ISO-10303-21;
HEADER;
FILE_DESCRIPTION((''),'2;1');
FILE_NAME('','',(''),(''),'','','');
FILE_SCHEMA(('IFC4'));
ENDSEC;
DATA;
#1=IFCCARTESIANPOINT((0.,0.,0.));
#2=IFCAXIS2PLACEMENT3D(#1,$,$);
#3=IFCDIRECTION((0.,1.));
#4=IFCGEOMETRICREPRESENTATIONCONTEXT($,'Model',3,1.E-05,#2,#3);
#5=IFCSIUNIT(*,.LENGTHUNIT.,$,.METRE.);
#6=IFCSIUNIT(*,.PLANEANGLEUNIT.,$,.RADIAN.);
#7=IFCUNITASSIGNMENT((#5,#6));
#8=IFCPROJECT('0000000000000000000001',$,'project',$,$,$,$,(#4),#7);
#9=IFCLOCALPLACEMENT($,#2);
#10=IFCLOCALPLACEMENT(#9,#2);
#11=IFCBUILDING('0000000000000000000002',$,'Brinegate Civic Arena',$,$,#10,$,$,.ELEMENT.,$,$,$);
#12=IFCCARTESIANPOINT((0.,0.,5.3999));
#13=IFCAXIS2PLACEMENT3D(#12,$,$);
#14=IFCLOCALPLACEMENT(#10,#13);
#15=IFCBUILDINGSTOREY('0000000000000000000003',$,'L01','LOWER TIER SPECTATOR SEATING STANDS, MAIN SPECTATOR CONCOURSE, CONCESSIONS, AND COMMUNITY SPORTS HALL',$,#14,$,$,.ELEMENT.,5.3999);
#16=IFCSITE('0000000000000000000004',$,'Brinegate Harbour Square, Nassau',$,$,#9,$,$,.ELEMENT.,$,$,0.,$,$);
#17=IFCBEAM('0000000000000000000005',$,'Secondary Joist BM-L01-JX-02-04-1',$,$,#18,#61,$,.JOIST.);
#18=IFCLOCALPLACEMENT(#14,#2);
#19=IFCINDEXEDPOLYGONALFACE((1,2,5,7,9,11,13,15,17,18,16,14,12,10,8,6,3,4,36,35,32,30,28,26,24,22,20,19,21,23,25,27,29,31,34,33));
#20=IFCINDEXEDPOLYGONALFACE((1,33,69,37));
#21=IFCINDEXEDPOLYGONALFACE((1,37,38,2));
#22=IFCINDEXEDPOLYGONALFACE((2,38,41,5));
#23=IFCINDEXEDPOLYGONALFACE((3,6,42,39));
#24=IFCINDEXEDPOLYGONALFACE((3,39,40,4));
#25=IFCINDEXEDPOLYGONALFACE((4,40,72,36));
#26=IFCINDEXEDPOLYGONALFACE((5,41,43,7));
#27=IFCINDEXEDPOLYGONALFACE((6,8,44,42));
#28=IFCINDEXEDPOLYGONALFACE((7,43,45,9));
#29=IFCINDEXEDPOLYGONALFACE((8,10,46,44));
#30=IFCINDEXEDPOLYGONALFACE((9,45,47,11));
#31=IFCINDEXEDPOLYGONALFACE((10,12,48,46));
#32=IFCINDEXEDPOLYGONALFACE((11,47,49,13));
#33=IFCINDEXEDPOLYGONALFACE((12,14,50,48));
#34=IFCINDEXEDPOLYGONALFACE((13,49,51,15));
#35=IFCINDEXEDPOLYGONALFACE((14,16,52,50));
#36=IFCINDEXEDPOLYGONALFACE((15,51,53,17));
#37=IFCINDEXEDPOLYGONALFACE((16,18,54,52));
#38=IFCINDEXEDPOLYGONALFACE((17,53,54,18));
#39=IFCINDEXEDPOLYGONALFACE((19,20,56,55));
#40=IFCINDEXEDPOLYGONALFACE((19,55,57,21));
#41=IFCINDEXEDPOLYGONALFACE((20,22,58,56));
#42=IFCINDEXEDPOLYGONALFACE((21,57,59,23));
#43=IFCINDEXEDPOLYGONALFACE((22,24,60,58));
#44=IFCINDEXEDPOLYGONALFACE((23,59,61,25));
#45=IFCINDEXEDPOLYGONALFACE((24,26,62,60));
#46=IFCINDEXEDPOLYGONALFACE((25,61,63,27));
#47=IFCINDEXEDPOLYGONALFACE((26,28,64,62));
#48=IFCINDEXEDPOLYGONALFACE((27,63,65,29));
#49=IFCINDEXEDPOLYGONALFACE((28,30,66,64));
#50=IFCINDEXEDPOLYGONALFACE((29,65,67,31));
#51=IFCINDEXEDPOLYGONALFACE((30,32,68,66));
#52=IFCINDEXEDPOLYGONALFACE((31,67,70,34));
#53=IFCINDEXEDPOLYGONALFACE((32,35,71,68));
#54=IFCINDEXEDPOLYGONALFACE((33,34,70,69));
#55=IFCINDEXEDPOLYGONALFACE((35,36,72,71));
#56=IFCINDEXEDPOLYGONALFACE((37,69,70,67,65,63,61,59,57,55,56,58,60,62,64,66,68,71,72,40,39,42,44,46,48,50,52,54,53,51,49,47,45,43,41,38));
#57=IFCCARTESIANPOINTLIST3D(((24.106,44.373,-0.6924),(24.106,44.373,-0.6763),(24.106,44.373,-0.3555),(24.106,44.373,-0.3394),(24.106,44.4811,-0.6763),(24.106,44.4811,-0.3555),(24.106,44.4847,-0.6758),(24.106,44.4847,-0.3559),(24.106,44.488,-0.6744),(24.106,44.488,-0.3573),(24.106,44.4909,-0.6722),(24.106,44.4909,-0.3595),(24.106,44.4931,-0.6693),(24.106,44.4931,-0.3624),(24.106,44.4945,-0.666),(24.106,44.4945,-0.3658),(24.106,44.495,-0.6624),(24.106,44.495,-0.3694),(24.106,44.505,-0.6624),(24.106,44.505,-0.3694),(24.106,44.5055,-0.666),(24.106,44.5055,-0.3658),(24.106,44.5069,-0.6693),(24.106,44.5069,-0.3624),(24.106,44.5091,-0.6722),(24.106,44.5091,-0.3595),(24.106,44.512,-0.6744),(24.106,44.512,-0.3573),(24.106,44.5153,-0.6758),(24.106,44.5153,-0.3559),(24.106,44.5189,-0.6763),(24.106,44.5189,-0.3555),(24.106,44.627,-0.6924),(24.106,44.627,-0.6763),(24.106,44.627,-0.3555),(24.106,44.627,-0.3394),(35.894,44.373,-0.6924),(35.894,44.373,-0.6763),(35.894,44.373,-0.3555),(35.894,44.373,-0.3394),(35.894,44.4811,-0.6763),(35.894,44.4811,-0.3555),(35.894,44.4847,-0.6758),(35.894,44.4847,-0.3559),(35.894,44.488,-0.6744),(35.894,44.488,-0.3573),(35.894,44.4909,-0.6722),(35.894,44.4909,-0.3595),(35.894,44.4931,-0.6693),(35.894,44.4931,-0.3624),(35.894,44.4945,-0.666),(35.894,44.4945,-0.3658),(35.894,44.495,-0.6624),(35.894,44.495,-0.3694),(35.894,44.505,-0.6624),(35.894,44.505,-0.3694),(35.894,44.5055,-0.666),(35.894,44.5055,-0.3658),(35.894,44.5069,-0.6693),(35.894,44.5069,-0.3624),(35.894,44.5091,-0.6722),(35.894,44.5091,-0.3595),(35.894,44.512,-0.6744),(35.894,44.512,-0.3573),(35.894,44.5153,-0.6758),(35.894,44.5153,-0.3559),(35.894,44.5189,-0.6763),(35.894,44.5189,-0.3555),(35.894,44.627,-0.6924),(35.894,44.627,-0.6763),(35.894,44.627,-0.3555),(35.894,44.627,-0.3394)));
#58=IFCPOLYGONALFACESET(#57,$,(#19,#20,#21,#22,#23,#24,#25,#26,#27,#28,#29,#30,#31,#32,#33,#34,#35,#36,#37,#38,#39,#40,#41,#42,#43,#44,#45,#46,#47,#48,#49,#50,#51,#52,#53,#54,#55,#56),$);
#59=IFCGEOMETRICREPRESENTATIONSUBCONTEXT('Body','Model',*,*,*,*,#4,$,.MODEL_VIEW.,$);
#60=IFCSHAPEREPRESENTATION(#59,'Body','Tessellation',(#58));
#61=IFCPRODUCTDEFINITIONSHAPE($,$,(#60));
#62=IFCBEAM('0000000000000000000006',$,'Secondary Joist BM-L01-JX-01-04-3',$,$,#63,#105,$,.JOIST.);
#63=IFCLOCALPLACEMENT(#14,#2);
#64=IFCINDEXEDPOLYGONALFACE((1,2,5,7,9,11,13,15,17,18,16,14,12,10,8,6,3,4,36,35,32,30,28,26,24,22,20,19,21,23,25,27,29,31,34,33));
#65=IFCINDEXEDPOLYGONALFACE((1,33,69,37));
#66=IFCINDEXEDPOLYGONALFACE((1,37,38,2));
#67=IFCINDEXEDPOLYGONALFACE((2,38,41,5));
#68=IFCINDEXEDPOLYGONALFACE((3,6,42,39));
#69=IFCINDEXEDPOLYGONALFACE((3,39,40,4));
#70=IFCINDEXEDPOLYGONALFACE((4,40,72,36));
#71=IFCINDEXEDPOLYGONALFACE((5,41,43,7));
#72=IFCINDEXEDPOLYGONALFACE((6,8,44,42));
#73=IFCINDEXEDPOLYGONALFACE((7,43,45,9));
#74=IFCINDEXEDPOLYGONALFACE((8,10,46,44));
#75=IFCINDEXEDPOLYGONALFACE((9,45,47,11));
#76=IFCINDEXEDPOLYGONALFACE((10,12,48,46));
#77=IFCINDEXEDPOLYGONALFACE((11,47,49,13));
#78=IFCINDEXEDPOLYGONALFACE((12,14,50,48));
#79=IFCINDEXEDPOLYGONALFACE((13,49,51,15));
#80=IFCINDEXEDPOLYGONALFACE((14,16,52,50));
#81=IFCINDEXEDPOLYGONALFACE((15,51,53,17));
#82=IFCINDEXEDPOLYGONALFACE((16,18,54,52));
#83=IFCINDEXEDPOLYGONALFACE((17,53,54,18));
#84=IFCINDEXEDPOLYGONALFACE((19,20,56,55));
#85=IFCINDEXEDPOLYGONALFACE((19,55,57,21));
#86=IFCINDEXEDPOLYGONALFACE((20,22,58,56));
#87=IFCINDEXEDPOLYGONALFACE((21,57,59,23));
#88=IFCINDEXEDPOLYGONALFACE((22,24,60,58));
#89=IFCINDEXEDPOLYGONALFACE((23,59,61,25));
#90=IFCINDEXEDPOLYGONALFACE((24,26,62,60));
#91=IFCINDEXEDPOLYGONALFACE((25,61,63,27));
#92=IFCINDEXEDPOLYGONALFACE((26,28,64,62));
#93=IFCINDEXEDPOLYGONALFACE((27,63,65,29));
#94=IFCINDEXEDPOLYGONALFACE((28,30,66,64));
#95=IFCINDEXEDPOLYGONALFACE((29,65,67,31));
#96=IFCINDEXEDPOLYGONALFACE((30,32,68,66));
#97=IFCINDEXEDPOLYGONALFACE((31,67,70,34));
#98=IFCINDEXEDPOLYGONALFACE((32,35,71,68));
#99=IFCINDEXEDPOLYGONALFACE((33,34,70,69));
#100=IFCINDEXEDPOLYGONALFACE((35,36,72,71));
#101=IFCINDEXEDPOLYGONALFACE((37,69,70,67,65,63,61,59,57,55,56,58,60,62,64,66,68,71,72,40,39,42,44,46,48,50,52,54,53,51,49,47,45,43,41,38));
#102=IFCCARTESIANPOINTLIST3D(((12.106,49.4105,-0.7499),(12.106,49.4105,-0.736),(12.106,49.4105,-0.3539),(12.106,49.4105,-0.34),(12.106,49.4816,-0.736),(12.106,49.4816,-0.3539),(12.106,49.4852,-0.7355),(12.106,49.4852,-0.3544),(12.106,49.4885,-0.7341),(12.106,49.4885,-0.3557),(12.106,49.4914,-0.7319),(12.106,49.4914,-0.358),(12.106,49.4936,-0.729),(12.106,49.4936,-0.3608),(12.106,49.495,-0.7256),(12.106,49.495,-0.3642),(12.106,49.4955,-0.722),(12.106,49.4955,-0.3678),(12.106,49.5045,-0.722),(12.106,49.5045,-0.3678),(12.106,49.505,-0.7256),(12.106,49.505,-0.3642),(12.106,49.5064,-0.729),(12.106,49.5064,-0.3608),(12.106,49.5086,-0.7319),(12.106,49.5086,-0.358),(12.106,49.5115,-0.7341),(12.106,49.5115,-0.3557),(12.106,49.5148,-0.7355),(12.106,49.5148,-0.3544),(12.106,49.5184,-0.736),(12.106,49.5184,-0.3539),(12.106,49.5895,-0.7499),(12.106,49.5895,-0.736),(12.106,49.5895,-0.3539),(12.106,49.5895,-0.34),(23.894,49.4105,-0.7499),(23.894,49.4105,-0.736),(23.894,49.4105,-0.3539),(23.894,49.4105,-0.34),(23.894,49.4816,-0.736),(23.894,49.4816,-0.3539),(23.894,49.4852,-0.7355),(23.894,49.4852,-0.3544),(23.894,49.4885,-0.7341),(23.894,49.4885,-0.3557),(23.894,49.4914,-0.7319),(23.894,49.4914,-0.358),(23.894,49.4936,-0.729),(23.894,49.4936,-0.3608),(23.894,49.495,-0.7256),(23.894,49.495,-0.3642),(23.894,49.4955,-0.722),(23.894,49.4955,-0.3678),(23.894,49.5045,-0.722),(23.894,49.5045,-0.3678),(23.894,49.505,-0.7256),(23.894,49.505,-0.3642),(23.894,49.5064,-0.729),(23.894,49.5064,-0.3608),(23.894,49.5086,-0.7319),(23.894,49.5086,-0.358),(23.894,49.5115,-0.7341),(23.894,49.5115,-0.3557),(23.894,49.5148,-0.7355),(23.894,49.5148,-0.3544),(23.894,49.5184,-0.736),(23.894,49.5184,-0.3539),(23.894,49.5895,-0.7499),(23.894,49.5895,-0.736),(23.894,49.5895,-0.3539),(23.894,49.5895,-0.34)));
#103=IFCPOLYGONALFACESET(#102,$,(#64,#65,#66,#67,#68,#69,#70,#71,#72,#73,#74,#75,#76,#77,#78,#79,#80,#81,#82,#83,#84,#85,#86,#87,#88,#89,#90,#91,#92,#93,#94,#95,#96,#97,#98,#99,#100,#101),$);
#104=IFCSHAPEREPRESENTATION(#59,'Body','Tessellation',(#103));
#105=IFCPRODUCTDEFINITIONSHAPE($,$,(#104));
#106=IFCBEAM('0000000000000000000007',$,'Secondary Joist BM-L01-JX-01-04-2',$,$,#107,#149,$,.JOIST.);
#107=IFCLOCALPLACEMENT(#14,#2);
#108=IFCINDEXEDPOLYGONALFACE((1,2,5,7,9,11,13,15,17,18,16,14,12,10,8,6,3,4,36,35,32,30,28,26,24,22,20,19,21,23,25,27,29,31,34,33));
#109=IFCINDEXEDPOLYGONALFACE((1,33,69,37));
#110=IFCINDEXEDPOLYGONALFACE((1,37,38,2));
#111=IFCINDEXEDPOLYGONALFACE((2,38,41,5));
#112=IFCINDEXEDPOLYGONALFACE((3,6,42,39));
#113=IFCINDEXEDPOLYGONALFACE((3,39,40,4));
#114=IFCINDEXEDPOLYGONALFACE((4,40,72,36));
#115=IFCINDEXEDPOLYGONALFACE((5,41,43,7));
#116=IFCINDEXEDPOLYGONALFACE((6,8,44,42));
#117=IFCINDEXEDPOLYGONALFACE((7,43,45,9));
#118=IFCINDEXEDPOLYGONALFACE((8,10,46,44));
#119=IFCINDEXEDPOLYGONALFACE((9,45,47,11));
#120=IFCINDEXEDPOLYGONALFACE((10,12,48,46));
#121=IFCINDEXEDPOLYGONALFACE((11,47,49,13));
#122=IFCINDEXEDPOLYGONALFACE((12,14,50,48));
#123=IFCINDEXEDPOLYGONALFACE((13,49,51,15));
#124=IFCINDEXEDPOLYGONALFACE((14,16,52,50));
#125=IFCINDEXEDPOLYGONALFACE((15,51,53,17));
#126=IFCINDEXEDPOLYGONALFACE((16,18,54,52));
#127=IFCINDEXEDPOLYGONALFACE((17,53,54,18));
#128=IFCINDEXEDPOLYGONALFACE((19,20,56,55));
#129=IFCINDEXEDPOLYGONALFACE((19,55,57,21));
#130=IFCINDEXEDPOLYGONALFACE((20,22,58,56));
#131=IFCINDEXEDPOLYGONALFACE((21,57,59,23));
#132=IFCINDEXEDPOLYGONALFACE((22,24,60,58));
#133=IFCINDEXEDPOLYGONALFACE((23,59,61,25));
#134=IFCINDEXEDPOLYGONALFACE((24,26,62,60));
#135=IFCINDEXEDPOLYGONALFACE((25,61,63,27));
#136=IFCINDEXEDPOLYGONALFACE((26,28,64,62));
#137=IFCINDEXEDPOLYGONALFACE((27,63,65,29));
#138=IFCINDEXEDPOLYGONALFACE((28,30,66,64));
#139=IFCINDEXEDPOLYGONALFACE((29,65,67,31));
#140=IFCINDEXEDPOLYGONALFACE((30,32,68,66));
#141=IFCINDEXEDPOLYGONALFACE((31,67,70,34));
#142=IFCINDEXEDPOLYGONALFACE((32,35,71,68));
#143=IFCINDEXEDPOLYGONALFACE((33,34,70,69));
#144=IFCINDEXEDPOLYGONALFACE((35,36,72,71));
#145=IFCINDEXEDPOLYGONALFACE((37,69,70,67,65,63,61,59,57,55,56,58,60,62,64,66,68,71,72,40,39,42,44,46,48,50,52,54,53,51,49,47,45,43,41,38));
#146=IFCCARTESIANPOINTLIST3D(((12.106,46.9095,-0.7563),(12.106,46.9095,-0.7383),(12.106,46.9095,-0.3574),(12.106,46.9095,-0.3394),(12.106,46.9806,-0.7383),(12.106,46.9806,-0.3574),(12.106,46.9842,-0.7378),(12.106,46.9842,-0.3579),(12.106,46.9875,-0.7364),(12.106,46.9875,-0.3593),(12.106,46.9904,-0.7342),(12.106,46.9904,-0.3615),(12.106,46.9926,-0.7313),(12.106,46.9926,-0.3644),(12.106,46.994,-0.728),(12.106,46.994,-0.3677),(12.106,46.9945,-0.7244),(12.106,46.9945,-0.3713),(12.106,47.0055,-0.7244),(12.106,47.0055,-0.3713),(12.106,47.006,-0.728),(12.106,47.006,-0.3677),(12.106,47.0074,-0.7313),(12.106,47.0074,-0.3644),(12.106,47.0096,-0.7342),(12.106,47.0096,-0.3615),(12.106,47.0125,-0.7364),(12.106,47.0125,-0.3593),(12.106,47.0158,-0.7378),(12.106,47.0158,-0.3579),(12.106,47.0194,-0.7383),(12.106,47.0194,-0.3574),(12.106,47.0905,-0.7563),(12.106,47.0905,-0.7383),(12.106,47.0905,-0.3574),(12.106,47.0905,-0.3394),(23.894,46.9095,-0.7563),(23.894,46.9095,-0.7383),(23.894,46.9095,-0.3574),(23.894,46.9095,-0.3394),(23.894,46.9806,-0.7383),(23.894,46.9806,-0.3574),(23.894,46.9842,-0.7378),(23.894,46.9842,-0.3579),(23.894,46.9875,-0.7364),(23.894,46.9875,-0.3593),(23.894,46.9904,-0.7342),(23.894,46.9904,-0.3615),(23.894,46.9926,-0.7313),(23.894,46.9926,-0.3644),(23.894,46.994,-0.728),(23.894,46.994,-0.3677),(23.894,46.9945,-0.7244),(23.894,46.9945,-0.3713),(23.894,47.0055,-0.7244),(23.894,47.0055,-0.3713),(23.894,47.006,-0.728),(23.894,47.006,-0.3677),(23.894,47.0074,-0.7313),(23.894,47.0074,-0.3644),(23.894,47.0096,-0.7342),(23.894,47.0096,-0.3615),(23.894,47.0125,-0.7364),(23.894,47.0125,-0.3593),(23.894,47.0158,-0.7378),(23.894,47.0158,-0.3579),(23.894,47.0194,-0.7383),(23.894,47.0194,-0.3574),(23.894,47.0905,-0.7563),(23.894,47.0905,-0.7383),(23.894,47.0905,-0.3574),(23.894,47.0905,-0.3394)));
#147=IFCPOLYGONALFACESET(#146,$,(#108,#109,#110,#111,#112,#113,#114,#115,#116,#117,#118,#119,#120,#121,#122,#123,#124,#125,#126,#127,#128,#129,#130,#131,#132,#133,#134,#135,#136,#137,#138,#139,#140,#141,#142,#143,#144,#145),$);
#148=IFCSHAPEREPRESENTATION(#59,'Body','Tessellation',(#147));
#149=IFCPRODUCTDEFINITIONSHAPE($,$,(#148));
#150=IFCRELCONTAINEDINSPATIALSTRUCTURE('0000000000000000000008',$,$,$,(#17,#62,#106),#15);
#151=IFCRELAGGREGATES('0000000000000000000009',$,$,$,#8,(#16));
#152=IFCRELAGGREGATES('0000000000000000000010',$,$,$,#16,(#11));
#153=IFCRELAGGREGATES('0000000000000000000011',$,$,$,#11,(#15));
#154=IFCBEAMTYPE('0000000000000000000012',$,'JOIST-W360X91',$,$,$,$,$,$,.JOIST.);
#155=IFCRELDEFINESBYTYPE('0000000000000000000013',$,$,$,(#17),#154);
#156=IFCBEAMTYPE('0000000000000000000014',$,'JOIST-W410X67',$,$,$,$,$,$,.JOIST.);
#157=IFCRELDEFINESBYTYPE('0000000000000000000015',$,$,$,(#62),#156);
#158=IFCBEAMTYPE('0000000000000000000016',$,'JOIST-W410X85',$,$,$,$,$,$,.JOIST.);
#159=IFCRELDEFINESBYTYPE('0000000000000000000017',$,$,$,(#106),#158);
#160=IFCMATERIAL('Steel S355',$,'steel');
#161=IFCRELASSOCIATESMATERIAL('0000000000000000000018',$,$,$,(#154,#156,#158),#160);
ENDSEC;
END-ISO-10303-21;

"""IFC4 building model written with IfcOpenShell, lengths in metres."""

from ifc_helpers import new_model, si_unit, direction, frame, origin, origin_2d, place, context, subcontext, project, spatial, i_section, extrude, material, material_profile, profile_set, type_object, element, save


model = new_model("IFC4")

# Units and contexts
model_context = context("Model", 3, precision=1e-05, world=origin(), true_north=direction((0.0, 1.0)))
body_context = subcontext(model_context, "Body", "Model", "MODEL_VIEW")
ifc_project = project(units=[si_unit("LENGTHUNIT", "METRE"), si_unit("PLANEANGLEUNIT", "RADIAN")], contexts=[model_context])

# Site, building, storey
site_placement = place(None, origin())
site = spatial("IfcSite", under=ifc_project, at=site_placement, Name="Brinegate Harbour Square, Nassau", CompositionType="ELEMENT", RefElevation=0.0)
building_placement = place(site_placement, origin())
building = spatial("IfcBuilding", under=site, at=building_placement, Name="Brinegate Civic Arena", CompositionType="ELEMENT")
storey_placement = place(building_placement, frame((0.0, 0.0, 5.3999)))
storey = spatial("IfcBuildingStorey", under=building, at=storey_placement, Name="L01", Description="LOWER TIER SPECTATOR SEATING STANDS, MAIN SPECTATOR CONCOURSE, CONCESSIONS, AND COMMUNITY SPORTS HALL", CompositionType="ELEMENT", Elevation=5.3999)

# Shared definitions
ifc_material_1 = material(Name="Steel S355", Category="steel")

# Beams
ifc_material_profile_1 = material_profile(ifc_material_1, i_section(OverallWidth=0.2539, OverallDepth=0.353, WebThickness=0.01, FlangeThickness=0.0161, FilletRadius=0.0139, at=origin_2d()), Name="W360X91")
ifc_profile_set_1 = profile_set([ifc_material_profile_1], Name="Steel S355")
beam_type_1 = type_object("IfcBeamType", Name="JOIST-W360X91", PredefinedType="JOIST", material=ifc_profile_set_1)
beam_1_placement = place(storey_placement, frame((24.106, 44.5, -0.5159), z_axis=(1.0, 0.0, 0.0), x_axis=(0.0, 1.0, 0.0)))
element("IfcBeam", 1, at=beam_1_placement, inside=storey, type_object=beam_type_1, Name="Secondary Joist BM-L01-JX-02-04-1", PredefinedType="JOIST", context=body_context, shape_type="SweptSolid", body=[
    extrude(i_section(OverallWidth=0.2539, OverallDepth=0.353, WebThickness=0.01, FlangeThickness=0.0161, FilletRadius=0.0139, at=origin_2d()), origin(), (0.0, 0.0, 1.0), 11.7881),
])
ifc_material_profile_2 = material_profile(ifc_material_1, i_section(OverallWidth=0.179, OverallDepth=0.4099, WebThickness=0.009, FlangeThickness=0.0139, FilletRadius=0.0139, at=origin_2d()), Name="W410X67")
ifc_profile_set_2 = profile_set([ifc_material_profile_2], Name="Steel S355")
beam_type_2 = type_object("IfcBeamType", Name="JOIST-W410X67", PredefinedType="JOIST", material=ifc_profile_set_2)
beam_2_placement = place(storey_placement, frame((12.106, 49.5, -0.5449), z_axis=(1.0, 0.0, 0.0), x_axis=(0.0, 1.0, 0.0)))
element("IfcBeam", 2, at=beam_2_placement, inside=storey, type_object=beam_type_2, Name="Secondary Joist BM-L01-JX-01-04-3", PredefinedType="JOIST", context=body_context, shape_type="SweptSolid", body=[
    extrude(i_section(OverallWidth=0.179, OverallDepth=0.4099, WebThickness=0.009, FlangeThickness=0.0139, FilletRadius=0.0139, at=origin_2d()), origin(), (0.0, 0.0, 1.0), 11.7881),
])
ifc_material_profile_3 = material_profile(ifc_material_1, i_section(OverallWidth=0.1809, OverallDepth=0.417, WebThickness=0.011, FlangeThickness=0.0181, FilletRadius=0.0139, at=origin_2d()), Name="W410X85")
ifc_profile_set_3 = profile_set([ifc_material_profile_3], Name="Steel S355")
beam_type_3 = type_object("IfcBeamType", Name="JOIST-W410X85", PredefinedType="JOIST", material=ifc_profile_set_3)
beam_3_placement = place(storey_placement, frame((12.106, 47.0, -0.5479), z_axis=(1.0, 0.0, 0.0), x_axis=(0.0, 1.0, 0.0)))
element("IfcBeam", 3, at=beam_3_placement, inside=storey, type_object=beam_type_3, Name="Secondary Joist BM-L01-JX-01-04-2", PredefinedType="JOIST", context=body_context, shape_type="SweptSolid", body=[
    extrude(i_section(OverallWidth=0.1809, OverallDepth=0.417, WebThickness=0.011, FlangeThickness=0.0181, FilletRadius=0.0139, at=origin_2d()), origin(), (0.0, 0.0, 1.0), 11.7881),
])

save(model, "model.ifc")
